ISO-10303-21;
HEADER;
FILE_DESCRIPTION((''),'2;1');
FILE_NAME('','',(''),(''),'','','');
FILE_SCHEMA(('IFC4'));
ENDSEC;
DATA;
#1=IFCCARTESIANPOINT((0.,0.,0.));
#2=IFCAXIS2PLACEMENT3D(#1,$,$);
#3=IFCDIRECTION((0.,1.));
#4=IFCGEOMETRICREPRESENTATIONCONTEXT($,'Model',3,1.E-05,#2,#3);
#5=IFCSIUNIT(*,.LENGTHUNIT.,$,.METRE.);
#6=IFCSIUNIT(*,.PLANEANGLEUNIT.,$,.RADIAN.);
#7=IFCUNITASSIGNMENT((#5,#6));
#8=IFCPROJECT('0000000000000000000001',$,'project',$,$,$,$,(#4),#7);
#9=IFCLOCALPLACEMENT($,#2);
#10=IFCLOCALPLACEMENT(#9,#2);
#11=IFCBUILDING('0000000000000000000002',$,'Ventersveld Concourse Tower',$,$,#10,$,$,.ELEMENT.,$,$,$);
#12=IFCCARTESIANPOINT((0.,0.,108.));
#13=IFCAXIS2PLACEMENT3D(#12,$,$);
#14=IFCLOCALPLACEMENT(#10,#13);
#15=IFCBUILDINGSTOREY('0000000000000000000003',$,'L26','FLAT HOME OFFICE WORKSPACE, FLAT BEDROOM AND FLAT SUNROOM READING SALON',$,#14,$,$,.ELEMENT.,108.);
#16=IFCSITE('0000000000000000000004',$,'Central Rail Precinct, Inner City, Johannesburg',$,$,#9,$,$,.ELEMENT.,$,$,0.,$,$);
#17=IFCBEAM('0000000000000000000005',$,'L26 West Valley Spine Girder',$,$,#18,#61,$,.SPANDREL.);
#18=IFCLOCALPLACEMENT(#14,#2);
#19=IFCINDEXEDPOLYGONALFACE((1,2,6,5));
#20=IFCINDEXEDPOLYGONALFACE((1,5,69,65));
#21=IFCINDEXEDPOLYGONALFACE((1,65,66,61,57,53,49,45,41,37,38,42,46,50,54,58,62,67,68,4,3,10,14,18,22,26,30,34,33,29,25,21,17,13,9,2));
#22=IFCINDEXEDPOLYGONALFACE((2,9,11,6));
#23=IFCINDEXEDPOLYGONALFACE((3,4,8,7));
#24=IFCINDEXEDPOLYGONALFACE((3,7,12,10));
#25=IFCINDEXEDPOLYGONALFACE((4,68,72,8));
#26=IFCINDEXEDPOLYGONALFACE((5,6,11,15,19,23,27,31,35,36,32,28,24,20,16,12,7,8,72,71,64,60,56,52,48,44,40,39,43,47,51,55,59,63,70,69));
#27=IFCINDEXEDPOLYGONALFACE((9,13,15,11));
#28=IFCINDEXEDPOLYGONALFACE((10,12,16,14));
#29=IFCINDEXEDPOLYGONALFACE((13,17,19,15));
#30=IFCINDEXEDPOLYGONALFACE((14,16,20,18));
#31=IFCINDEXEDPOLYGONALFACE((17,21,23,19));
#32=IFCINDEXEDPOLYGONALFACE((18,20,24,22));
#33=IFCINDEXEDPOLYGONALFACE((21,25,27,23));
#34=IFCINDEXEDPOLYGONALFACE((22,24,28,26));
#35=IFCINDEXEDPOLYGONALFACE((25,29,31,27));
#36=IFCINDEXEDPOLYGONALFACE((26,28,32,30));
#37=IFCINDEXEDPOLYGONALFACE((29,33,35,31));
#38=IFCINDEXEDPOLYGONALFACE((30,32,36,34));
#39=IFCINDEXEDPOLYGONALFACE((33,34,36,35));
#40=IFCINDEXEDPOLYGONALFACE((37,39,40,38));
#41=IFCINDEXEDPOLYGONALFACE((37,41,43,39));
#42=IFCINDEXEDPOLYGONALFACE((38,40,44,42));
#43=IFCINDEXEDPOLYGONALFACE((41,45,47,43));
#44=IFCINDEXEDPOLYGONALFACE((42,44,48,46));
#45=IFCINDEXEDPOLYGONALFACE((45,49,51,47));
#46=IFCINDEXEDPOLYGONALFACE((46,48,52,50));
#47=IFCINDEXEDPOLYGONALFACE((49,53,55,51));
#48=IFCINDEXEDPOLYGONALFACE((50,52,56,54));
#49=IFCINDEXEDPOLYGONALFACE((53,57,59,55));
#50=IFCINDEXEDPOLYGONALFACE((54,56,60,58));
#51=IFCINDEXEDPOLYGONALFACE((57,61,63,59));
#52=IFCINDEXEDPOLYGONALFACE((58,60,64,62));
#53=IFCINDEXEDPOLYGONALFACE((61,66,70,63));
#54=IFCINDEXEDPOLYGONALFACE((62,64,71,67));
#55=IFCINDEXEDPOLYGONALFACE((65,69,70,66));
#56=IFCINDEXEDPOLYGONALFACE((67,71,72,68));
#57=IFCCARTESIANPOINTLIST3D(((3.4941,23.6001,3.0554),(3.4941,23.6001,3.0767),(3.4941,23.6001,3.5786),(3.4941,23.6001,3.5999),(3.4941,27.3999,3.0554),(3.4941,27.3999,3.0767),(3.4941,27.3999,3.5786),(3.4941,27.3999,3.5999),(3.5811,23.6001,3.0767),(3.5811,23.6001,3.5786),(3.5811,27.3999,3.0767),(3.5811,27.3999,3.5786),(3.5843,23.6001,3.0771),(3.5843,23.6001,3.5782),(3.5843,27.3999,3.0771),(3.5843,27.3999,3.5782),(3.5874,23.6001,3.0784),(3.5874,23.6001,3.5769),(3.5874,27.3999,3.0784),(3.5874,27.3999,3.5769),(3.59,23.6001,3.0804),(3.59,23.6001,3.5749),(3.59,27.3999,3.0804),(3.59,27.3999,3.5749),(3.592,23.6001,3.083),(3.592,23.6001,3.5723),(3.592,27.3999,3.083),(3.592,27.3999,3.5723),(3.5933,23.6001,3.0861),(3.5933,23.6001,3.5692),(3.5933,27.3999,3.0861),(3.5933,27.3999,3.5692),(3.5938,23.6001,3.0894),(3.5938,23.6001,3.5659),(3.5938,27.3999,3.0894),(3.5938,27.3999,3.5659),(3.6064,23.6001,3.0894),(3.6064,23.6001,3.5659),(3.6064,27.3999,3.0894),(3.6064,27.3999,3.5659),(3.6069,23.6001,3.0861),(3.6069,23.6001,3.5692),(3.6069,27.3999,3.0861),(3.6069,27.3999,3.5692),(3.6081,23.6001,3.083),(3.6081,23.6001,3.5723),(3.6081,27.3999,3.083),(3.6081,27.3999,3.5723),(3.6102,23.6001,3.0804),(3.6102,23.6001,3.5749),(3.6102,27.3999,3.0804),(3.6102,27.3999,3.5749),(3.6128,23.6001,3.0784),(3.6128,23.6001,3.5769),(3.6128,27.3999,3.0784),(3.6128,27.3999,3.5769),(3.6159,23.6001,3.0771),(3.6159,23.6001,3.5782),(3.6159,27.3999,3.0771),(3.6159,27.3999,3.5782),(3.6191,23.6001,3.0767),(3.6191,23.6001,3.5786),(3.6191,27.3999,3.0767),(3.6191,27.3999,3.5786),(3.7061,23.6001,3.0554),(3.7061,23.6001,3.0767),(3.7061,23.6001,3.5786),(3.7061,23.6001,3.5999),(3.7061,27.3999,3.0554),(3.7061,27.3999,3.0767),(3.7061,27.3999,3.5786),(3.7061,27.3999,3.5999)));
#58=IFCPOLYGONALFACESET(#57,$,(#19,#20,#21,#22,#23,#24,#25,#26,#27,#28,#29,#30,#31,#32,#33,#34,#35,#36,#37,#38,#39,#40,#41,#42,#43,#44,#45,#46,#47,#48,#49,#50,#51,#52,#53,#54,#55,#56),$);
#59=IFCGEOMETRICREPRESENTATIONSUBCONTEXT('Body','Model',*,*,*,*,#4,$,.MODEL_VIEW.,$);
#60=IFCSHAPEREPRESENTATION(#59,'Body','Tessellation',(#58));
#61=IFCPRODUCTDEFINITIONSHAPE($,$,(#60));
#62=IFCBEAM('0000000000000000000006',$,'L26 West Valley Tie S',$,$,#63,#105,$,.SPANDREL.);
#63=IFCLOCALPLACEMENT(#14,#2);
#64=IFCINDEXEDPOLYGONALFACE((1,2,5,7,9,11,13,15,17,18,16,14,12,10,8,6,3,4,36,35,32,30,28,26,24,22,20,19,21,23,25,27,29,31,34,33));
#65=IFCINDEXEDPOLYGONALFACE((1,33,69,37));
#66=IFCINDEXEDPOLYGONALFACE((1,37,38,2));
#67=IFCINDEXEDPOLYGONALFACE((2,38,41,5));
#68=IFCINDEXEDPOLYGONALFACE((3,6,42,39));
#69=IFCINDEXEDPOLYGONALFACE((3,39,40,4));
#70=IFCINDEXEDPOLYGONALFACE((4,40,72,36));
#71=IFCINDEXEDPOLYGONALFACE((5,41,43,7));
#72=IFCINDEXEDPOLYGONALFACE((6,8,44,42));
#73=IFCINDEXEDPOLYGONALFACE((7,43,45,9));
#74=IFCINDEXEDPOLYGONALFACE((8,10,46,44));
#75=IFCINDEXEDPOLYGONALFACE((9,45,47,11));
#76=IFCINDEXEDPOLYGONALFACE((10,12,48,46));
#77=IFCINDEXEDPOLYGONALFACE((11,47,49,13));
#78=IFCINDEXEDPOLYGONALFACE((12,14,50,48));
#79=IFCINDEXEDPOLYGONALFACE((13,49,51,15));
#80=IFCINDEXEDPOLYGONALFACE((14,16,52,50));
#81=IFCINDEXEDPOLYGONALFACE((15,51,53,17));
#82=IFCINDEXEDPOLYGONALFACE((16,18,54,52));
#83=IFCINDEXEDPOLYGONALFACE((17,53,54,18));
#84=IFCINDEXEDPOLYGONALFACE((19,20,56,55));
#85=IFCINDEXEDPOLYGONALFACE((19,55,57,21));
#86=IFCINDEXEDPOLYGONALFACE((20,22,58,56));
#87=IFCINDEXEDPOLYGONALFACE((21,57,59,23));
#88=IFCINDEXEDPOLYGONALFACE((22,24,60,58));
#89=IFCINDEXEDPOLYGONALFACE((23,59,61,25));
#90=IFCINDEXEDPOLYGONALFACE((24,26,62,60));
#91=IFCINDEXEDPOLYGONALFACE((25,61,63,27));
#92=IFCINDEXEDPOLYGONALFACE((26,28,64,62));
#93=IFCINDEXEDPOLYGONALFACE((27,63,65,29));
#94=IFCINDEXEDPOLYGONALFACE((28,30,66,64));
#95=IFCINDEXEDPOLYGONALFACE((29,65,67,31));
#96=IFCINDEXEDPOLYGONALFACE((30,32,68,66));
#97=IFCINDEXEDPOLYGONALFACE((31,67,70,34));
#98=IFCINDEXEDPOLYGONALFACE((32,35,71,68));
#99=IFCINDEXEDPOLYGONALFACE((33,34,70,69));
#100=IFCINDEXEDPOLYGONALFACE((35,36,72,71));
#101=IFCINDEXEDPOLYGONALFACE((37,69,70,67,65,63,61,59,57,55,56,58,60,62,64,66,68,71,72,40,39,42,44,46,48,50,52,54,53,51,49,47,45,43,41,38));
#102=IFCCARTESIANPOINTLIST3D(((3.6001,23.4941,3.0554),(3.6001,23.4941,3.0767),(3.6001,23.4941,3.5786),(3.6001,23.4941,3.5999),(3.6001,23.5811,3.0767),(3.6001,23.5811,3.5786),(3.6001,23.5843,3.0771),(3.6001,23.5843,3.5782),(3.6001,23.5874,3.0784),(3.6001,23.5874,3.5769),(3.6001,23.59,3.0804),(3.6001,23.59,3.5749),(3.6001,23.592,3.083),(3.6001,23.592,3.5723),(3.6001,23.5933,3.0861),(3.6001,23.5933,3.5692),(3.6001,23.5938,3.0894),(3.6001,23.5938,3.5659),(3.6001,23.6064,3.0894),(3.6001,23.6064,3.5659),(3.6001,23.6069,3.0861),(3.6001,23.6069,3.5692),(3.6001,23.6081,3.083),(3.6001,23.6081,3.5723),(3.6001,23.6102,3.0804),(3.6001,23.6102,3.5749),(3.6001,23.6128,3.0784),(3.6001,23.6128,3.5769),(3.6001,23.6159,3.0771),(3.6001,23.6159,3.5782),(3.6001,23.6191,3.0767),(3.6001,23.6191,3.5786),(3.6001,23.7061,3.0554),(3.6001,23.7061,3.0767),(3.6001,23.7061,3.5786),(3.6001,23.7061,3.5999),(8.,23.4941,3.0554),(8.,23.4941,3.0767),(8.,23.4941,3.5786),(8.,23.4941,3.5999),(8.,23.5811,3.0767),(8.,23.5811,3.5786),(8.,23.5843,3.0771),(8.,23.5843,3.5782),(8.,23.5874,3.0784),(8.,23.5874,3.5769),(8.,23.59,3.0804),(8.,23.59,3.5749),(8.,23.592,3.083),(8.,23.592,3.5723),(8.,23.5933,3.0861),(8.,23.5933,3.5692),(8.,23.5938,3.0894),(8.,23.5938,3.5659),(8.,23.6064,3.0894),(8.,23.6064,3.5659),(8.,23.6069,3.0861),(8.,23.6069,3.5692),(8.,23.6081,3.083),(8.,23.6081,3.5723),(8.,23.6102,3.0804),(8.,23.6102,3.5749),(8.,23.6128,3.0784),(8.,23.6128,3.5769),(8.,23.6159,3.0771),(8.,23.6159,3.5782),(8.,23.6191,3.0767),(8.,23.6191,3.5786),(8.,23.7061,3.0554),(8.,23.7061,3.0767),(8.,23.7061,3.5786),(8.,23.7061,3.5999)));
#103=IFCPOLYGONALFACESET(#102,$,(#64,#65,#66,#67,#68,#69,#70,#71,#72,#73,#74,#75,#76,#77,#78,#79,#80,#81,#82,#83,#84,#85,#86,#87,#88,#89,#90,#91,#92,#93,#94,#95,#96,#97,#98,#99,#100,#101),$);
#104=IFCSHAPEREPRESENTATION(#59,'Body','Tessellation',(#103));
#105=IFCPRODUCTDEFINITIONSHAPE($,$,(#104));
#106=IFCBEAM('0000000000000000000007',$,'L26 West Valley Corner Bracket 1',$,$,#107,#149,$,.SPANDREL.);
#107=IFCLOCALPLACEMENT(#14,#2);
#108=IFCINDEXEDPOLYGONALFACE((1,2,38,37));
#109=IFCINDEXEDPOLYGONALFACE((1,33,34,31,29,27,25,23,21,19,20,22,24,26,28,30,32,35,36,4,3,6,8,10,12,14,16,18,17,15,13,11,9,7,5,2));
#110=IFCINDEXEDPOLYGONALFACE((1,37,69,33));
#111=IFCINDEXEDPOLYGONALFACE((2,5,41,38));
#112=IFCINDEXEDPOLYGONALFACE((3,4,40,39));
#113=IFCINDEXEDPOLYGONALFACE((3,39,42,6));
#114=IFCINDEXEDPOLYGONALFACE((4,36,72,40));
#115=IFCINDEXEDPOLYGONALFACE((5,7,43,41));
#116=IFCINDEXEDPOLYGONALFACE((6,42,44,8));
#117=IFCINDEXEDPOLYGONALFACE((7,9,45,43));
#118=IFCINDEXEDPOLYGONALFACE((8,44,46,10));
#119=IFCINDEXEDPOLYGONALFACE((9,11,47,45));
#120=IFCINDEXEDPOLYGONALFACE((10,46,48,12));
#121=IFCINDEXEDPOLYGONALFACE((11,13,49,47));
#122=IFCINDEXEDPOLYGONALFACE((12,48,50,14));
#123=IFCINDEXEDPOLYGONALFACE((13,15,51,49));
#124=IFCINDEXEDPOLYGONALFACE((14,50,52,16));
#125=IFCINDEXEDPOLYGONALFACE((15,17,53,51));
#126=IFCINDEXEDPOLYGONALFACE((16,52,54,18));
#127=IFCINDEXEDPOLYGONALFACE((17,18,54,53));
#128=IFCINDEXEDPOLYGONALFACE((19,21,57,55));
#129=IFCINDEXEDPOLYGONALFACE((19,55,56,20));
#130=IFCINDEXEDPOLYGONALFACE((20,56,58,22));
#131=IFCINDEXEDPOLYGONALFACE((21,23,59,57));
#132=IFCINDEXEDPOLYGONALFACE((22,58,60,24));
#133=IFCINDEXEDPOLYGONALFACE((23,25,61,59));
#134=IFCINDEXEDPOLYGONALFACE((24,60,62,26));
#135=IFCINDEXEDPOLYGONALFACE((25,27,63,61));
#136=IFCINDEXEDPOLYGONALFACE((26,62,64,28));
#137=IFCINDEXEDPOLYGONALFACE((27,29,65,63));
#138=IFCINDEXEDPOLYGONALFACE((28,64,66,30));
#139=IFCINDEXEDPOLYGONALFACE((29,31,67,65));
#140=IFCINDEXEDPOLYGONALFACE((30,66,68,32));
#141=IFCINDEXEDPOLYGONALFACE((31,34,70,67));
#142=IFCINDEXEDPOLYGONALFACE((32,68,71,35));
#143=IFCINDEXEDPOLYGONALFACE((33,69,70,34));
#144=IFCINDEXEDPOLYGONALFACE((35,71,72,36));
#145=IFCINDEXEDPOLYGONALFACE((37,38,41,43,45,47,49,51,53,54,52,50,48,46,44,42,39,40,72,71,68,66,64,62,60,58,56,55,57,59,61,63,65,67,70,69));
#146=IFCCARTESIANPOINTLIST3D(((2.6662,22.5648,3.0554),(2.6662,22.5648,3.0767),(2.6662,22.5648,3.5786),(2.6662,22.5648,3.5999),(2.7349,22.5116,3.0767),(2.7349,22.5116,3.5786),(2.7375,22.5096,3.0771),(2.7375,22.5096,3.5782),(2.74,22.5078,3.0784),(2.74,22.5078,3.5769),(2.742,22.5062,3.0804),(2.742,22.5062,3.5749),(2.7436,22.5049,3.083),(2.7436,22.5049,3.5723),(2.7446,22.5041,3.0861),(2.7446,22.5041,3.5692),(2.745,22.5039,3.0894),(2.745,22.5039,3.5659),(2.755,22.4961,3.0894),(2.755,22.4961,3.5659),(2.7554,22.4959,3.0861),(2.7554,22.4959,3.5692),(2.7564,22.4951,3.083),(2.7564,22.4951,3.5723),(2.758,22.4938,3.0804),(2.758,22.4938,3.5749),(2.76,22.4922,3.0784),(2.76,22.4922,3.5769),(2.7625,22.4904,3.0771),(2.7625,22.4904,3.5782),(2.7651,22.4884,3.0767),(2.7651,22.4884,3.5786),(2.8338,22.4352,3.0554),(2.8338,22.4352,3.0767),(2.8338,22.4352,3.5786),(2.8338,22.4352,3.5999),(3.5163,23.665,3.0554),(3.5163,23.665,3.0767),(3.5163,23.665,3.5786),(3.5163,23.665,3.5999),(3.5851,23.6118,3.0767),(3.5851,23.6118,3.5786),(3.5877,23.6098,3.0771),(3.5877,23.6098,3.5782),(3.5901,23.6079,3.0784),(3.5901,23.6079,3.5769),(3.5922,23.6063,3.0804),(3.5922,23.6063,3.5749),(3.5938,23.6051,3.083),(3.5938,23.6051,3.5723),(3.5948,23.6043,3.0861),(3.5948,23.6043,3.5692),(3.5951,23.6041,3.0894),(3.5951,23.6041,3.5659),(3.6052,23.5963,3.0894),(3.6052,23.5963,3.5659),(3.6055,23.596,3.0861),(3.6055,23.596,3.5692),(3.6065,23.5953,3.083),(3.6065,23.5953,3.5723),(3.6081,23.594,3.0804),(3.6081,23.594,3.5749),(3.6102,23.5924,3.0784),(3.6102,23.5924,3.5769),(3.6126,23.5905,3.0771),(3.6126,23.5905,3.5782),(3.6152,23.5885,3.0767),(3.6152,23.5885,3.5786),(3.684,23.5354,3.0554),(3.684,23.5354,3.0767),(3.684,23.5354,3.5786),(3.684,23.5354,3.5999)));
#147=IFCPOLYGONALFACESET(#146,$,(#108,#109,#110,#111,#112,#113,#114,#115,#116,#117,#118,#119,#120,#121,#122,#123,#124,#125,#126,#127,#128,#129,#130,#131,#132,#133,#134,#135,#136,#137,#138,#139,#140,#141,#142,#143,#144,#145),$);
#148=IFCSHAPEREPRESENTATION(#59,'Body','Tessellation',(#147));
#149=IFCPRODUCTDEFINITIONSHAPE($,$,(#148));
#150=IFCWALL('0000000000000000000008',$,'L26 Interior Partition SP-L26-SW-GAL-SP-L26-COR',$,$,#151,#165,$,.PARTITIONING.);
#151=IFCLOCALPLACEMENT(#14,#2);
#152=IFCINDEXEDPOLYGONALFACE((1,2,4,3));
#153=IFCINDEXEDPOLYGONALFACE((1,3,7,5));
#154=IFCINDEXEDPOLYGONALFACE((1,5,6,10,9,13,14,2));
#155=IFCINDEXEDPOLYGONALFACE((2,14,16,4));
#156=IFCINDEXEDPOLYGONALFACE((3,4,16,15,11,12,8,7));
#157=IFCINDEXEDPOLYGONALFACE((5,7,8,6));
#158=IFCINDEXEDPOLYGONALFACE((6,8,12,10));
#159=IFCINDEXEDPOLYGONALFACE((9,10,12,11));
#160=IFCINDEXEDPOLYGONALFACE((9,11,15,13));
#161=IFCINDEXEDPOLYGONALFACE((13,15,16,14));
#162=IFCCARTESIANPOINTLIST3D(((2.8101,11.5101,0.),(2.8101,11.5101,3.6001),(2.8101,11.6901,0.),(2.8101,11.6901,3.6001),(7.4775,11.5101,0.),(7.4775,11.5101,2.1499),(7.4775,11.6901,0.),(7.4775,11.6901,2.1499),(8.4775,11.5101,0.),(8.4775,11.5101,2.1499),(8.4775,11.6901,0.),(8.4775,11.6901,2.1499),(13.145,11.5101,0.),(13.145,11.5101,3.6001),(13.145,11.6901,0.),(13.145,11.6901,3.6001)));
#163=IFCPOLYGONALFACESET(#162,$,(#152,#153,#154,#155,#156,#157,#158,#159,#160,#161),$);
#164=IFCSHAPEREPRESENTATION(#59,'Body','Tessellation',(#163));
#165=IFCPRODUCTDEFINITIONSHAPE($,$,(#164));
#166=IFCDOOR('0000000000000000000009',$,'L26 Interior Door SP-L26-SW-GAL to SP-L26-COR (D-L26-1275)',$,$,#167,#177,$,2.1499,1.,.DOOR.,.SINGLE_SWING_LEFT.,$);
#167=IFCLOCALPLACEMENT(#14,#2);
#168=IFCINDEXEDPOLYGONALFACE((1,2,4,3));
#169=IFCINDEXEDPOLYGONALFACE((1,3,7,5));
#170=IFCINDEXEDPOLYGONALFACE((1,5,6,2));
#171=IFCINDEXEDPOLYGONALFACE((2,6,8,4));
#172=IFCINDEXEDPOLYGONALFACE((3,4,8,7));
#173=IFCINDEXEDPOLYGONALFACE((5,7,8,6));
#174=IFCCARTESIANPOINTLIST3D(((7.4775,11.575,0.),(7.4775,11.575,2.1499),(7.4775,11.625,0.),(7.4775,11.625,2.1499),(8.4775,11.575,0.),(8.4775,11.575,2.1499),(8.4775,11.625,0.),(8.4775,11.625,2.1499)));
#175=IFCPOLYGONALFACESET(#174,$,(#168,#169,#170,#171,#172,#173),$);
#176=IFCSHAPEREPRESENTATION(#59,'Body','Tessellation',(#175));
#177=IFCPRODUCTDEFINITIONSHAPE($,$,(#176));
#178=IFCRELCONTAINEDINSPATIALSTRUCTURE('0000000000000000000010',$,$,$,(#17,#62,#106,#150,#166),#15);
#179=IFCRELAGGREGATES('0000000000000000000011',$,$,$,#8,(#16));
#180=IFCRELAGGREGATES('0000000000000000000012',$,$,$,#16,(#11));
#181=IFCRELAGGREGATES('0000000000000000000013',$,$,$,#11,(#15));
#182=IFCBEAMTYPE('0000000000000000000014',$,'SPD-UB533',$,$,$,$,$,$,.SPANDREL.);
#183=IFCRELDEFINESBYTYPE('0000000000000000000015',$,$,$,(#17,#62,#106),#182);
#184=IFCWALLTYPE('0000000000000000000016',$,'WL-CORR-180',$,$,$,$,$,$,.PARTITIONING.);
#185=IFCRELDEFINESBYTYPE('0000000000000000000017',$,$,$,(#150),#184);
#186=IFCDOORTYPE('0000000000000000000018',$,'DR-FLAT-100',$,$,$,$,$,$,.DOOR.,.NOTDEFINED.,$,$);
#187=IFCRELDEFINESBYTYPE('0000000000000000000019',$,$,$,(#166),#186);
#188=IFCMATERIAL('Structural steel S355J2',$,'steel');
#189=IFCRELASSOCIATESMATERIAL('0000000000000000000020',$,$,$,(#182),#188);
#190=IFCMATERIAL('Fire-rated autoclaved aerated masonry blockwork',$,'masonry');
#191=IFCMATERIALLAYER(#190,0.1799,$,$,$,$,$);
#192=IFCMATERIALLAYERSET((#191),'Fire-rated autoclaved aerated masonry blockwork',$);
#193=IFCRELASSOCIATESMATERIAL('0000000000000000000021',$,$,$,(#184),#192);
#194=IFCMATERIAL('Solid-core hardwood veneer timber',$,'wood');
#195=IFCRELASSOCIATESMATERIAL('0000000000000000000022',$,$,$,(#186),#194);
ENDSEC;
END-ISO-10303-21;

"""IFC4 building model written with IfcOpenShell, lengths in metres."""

from ifc_helpers import new_model, si_unit, direction, frame, frame_2d, origin, origin_2d, place, context, subcontext, project, spatial, rectangle, i_section, extrude, material, layer, layer_set, material_profile, profile_set, type_object, element, fill, save


model = new_model("IFC4")

# Units and contexts
model_context = context("Model", 3, precision=1e-05, world=origin(), true_north=direction((0.0, 1.0)))
body_context = subcontext(model_context, "Body", "Model", "MODEL_VIEW")
ifc_project = project(units=[si_unit("LENGTHUNIT", "METRE"), si_unit("PLANEANGLEUNIT", "RADIAN")], contexts=[model_context])

# Site, building, storey
site_placement = place(None, origin())
site = spatial("IfcSite", under=ifc_project, at=site_placement, Name="Central Rail Precinct, Inner City, Johannesburg", CompositionType="ELEMENT", RefElevation=0.0)
building_placement = place(site_placement, origin())
building = spatial("IfcBuilding", under=site, at=building_placement, Name="Ventersveld Concourse Tower", CompositionType="ELEMENT")
storey_placement = place(building_placement, frame((0.0, 0.0, 108.0)))
storey = spatial("IfcBuildingStorey", under=building, at=storey_placement, Name="L26", Description="FLAT HOME OFFICE WORKSPACE, FLAT BEDROOM AND FLAT SUNROOM READING SALON", CompositionType="ELEMENT", Elevation=108.0)

# Beams
ifc_material_1 = material(Name="Structural steel S355J2", Category="steel")
ifc_material_profile_1 = material_profile(ifc_material_1, i_section(OverallWidth=0.2119, OverallDepth=0.5444, WebThickness=0.0127, FlangeThickness=0.0212, FilletRadius=0.0127, at=origin_2d()), Name="UB 533x210x122")
ifc_profile_set_1 = profile_set([ifc_material_profile_1], Name="Structural steel S355J2")
beam_type_1 = type_object("IfcBeamType", Name="SPD-UB533", PredefinedType="SPANDREL", material=ifc_profile_set_1)
beam_1_placement = place(storey_placement, frame((3.6001, 23.6001, 3.3276), z_axis=(0.0, 1.0, 0.0), x_axis=(-1.0, 0.0, 0.0)))
element("IfcBeam", 1, at=beam_1_placement, inside=storey, type_object=beam_type_1, Name="L26 West Valley Spine Girder", PredefinedType="SPANDREL", context=body_context, shape_type="SweptSolid", body=[
    extrude(i_section(OverallWidth=0.2119, OverallDepth=0.5444, WebThickness=0.0127, FlangeThickness=0.0212, FilletRadius=0.0127, at=origin_2d()), origin(), (0.0, 0.0, 1.0), 3.7998),
])
beam_2_placement = place(storey_placement, frame((3.6001, 23.6001, 3.3276), z_axis=(1.0, 0.0, 0.0), x_axis=(0.0, 1.0, 0.0)))
element("IfcBeam", 2, at=beam_2_placement, inside=storey, type_object=beam_type_1, Name="L26 West Valley Tie S", PredefinedType="SPANDREL", context=body_context, shape_type="SweptSolid", body=[
    extrude(i_section(OverallWidth=0.2119, OverallDepth=0.5444, WebThickness=0.0127, FlangeThickness=0.0212, FilletRadius=0.0127, at=origin_2d()), origin(), (0.0, 0.0, 1.0), 4.3999),
])
beam_3_placement = place(storey_placement, frame((2.75, 22.5, 3.3276), z_axis=(0.611457, 0.791277, 0.0), x_axis=(-0.791277, 0.611457, 0.0)))
element("IfcBeam", 3, at=beam_3_placement, inside=storey, type_object=beam_type_1, Name="L26 West Valley Corner Bracket 1", PredefinedType="SPANDREL", context=body_context, shape_type="SweptSolid", body=[
    extrude(i_section(OverallWidth=0.2119, OverallDepth=0.5444, WebThickness=0.0127, FlangeThickness=0.0212, FilletRadius=0.0127, at=origin_2d()), origin(), (0.0, 0.0, 1.0), 1.3904),
])

# Wall, opening, door
ifc_material_2 = material(Name="Fire-rated autoclaved aerated masonry blockwork", Category="masonry")
ifc_layer_1 = layer(ifc_material_2, 0.1799)
ifc_layer_set_1 = layer_set([ifc_layer_1], Name="Fire-rated autoclaved aerated masonry blockwork")
wall_type_1 = type_object("IfcWallType", Name="WL-CORR-180", PredefinedType="PARTITIONING", material=ifc_layer_set_1)
wall_1_placement = place(storey_placement, frame((2.8101, 11.6001, 0.0), z_axis=(0.0, 0.0, 1.0), x_axis=(1.0, 0.0, 0.0)))
wall_1 = element("IfcWall", 4, at=wall_1_placement, inside=storey, type_object=wall_type_1, Name="L26 Interior Partition SP-L26-SW-GAL-SP-L26-COR", PredefinedType="PARTITIONING", context=body_context, shape_type="SweptSolid", body=[
    extrude(rectangle(XDim=10.335, YDim=0.1799, at=frame_2d((5.1675, 0.0))), origin(), (0.0, 0.0, 1.0), 3.6001),
])
opening_1_placement = place(wall_1_placement, frame((4.6675, 0.0, 0.0)))
opening_1 = element("IfcOpeningElement", 5, at=opening_1_placement, cuts=wall_1, PredefinedType="OPENING", context=body_context, shape_type="SweptSolid", body=[
    extrude(rectangle(XDim=1.0, YDim=2.1499, at=frame_2d((0.5, 1.075))), frame((0.0, 0.1001, 0.0), z_axis=(0.0, -1.0, 0.0), x_axis=(1.0, 0.0, 0.0)), (0.0, 0.0, 1.0), 0.2),
])
ifc_material_3 = material(Name="Solid-core hardwood veneer timber", Category="wood")
door_type = type_object("IfcDoorType", Name="DR-FLAT-100", OperationType="NOTDEFINED", PredefinedType="DOOR", material=ifc_material_3)
door_1_placement = place(opening_1_placement, origin())
door_1 = element("IfcDoor", 6, at=door_1_placement, inside=storey, type_object=door_type, Name="L26 Interior Door SP-L26-SW-GAL to SP-L26-COR (D-L26-1275)", OperationType="SINGLE_SWING_LEFT", OverallHeight=2.1499, OverallWidth=1.0, PredefinedType="DOOR", context=body_context, shape_type="SweptSolid", body=[
    extrude(rectangle(XDim=1.0, YDim=2.1499, at=frame_2d((0.5, 1.075))), frame((0.0, 0.0249, 0.0), z_axis=(0.0, -1.0, 0.0), x_axis=(1.0, 0.0, 0.0)), (0.0, 0.0, 1.0), 0.05),
])
fill(opening_1, door_1)

save(model, "model.ifc")
